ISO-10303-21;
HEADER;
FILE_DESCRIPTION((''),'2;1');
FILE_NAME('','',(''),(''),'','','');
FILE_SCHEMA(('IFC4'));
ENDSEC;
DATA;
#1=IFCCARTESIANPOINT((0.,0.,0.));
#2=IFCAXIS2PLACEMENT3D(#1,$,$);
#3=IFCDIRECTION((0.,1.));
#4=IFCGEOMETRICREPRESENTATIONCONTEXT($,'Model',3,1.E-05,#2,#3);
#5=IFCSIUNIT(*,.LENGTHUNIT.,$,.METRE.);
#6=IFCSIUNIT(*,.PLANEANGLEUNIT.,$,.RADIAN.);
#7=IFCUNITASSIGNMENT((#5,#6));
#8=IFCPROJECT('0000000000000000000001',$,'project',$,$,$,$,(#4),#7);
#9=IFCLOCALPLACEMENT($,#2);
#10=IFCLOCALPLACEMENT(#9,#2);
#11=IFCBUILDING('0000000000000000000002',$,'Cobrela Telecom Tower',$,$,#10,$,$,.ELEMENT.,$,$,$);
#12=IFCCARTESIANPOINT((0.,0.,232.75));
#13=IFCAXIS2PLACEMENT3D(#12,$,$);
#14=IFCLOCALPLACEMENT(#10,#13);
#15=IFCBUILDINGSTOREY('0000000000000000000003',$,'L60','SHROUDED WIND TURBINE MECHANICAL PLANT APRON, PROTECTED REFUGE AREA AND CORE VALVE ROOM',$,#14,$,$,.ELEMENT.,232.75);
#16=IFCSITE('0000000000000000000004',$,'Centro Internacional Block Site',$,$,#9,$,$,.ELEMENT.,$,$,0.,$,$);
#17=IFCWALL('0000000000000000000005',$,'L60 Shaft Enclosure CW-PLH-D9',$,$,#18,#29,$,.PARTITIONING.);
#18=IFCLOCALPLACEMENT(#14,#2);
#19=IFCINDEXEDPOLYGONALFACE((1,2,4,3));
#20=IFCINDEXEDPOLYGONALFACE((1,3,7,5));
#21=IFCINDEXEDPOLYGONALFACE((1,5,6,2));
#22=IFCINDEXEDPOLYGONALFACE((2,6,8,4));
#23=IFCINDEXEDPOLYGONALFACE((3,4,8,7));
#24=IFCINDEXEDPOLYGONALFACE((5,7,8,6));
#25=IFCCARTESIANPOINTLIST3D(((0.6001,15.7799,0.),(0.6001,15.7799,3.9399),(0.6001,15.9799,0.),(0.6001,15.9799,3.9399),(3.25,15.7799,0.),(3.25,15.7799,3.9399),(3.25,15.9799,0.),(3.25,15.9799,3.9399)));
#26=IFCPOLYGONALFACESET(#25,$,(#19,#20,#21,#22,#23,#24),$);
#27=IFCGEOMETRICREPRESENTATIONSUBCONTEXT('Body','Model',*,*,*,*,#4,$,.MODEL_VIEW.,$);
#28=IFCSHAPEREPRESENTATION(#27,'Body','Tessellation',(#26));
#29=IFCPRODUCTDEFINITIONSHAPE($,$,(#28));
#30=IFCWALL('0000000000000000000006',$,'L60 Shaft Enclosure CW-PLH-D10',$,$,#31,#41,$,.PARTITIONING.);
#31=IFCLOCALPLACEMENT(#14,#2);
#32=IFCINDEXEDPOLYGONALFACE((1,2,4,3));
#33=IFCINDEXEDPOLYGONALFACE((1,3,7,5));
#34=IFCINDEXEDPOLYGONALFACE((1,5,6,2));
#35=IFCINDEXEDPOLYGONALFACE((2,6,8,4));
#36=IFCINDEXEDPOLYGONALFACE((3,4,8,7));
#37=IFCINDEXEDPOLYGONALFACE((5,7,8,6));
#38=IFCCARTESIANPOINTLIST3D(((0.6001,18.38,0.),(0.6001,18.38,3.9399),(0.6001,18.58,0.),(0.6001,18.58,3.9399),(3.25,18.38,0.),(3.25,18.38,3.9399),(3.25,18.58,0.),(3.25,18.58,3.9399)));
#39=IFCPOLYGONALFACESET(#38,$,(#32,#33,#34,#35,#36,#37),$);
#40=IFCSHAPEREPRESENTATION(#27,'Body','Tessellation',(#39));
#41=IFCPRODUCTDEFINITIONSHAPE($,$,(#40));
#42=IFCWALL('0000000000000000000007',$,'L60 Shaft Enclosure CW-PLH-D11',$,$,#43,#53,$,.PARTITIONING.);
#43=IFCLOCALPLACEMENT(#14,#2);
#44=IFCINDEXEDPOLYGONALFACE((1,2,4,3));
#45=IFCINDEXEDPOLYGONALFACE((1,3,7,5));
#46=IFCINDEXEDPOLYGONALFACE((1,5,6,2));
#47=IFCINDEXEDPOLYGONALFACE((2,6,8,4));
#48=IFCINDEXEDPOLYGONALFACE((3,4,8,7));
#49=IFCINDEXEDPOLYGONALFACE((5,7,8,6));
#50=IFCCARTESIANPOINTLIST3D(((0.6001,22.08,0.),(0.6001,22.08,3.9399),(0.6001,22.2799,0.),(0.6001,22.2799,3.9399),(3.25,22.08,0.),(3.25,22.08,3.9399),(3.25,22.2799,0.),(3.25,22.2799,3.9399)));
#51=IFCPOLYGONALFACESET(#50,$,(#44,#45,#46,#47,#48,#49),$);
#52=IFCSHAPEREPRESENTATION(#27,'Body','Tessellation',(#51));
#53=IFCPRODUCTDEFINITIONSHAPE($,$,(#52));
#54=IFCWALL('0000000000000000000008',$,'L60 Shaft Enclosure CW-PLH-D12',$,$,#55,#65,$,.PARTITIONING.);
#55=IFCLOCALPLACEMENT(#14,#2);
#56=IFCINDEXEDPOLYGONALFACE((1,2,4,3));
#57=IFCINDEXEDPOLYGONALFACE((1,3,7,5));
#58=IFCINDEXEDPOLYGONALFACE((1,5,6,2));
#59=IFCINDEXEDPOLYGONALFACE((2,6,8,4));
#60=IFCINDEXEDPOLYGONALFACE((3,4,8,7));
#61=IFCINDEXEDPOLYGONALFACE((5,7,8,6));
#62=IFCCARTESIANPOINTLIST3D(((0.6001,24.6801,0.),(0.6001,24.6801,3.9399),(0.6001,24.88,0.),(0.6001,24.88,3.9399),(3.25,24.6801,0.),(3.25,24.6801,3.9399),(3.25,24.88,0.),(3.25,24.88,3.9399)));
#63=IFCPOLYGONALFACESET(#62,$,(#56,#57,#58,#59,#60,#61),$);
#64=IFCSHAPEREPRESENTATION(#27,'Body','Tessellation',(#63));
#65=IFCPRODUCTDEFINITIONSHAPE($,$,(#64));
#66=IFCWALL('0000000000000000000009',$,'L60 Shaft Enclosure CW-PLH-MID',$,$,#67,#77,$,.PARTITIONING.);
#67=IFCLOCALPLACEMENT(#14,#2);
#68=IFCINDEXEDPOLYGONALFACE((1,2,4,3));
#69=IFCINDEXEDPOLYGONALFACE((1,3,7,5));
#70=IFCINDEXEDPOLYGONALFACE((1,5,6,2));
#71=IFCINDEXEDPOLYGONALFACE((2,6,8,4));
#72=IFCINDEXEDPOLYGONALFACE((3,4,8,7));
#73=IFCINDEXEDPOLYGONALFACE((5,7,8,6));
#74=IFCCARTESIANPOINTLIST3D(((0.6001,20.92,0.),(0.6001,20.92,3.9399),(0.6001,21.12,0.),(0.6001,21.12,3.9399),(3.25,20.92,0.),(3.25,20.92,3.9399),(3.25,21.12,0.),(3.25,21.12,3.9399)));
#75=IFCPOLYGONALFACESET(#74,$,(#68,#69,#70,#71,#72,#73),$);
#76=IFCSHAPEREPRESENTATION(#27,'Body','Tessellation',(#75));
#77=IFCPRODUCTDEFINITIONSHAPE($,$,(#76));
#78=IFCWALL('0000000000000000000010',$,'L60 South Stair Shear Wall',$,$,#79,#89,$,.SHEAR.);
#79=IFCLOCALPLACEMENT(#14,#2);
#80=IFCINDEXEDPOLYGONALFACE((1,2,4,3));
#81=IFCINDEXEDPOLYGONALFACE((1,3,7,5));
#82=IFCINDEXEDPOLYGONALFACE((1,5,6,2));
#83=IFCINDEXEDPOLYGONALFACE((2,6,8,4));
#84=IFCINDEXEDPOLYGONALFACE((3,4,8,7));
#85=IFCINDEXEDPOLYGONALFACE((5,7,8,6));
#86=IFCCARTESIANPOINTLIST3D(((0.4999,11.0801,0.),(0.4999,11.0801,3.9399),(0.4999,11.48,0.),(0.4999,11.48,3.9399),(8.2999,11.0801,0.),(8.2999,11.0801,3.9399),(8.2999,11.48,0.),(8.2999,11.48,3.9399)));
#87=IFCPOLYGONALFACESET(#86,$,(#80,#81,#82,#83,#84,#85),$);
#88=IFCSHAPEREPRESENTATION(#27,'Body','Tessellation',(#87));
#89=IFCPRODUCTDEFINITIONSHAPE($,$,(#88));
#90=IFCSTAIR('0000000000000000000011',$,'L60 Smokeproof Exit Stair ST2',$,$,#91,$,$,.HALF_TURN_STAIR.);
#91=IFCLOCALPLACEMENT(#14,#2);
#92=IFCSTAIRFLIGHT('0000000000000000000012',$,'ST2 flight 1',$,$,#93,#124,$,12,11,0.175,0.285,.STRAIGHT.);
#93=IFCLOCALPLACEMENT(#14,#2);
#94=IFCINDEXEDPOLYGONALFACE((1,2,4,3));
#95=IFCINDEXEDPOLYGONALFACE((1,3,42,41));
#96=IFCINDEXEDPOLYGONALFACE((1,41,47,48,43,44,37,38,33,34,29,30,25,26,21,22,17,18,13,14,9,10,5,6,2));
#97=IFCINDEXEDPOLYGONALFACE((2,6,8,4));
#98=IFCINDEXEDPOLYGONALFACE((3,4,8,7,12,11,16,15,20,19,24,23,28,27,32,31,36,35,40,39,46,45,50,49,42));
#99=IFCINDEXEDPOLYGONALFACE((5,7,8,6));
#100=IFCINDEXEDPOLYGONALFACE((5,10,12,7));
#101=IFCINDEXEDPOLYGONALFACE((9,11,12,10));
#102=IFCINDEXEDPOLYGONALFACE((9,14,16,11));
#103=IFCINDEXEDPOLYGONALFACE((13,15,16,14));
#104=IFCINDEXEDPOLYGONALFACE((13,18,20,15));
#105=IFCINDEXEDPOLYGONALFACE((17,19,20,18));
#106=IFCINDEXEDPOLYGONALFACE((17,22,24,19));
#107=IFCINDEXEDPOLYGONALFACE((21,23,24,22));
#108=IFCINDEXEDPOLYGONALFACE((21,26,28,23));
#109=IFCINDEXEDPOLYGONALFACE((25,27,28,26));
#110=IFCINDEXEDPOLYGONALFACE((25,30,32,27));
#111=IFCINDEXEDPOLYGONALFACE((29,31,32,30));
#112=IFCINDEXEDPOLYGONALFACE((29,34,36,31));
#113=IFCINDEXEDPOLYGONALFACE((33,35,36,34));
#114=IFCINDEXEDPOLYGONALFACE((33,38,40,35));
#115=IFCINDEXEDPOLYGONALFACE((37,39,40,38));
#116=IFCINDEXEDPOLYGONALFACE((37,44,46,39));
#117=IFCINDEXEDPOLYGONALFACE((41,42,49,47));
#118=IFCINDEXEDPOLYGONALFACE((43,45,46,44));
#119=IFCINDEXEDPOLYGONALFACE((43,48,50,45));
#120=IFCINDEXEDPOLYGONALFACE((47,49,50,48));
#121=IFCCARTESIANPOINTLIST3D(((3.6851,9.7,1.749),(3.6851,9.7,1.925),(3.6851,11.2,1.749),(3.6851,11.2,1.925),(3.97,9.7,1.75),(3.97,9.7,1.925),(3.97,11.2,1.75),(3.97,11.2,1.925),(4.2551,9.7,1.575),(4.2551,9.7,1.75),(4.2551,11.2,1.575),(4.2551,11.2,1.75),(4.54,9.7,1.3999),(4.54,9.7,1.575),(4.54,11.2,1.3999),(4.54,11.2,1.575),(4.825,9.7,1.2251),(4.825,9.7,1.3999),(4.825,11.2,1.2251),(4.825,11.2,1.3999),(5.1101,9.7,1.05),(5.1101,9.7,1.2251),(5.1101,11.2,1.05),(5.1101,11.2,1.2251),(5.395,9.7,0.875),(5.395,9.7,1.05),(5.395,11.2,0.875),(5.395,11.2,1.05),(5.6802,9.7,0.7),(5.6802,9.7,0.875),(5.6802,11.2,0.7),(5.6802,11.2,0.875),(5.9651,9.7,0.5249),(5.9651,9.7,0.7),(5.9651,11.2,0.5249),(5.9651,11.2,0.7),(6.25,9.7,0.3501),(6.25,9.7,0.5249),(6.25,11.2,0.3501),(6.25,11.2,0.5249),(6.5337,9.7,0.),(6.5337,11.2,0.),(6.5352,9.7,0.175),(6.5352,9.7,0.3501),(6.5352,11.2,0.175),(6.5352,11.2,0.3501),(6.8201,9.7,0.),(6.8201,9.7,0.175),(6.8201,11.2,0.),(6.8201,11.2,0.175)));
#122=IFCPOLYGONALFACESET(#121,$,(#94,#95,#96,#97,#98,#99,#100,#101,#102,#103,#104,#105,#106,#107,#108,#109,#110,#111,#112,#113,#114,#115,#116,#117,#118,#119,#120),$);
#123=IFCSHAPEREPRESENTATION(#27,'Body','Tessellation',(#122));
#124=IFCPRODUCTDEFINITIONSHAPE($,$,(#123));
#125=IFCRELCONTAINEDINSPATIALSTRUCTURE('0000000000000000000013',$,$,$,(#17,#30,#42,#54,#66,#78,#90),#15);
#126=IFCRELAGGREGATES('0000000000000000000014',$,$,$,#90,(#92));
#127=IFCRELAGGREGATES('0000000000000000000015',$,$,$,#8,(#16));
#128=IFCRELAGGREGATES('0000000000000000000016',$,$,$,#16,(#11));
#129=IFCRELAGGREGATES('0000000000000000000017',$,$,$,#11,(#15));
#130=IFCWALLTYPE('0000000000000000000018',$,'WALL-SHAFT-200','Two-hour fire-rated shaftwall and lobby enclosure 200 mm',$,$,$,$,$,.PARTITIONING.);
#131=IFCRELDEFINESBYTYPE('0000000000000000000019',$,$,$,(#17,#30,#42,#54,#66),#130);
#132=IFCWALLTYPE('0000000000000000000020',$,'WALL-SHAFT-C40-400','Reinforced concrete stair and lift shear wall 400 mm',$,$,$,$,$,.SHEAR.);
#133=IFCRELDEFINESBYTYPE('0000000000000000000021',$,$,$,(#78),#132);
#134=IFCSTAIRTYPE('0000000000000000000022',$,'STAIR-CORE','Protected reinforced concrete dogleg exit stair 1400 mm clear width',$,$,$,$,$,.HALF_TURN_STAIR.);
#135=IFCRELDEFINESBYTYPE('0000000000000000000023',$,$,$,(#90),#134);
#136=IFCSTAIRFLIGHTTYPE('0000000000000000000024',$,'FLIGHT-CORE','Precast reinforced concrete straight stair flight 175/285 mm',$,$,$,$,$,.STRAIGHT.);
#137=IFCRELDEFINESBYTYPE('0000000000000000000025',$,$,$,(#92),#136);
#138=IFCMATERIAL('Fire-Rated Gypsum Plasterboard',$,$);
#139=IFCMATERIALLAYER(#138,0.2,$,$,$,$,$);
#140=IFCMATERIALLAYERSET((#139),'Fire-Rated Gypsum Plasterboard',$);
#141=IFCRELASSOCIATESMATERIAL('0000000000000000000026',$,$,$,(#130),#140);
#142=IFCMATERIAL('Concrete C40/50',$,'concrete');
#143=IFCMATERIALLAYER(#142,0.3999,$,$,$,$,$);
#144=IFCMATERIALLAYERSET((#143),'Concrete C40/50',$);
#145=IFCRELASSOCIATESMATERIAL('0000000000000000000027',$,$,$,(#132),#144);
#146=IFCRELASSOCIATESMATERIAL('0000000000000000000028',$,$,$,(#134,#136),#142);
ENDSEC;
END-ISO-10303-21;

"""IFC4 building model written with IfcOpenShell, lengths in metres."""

from ifc_helpers import new_model, si_unit, direction, frame, frame_2d, origin, place, context, subcontext, project, spatial, polyline, rectangle, outline, extrude, material, layer, layer_set, type_object, element, aggregate, save


model = new_model("IFC4")

# Units and contexts
model_context = context("Model", 3, precision=1e-05, world=origin(), true_north=direction((0.0, 1.0)))
body_context = subcontext(model_context, "Body", "Model", "MODEL_VIEW")
ifc_project = project(units=[si_unit("LENGTHUNIT", "METRE"), si_unit("PLANEANGLEUNIT", "RADIAN")], contexts=[model_context])

# Site, building, storey
site_placement = place(None, origin())
site = spatial("IfcSite", under=ifc_project, at=site_placement, Name="Centro Internacional Block Site", CompositionType="ELEMENT", RefElevation=0.0)
building_placement = place(site_placement, origin())
building = spatial("IfcBuilding", under=site, at=building_placement, Name="Cobrela Telecom Tower", CompositionType="ELEMENT")
storey_placement = place(building_placement, frame((0.0, 0.0, 232.75)))
storey = spatial("IfcBuildingStorey", under=building, at=storey_placement, Name="L60", Description="SHROUDED WIND TURBINE MECHANICAL PLANT APRON, PROTECTED REFUGE AREA AND CORE VALVE ROOM", CompositionType="ELEMENT", Elevation=232.75)

# Shared definitions
ifc_material_1 = material(Name="Fire-Rated Gypsum Plasterboard")

# Shared definitions
ifc_layer_1 = layer(ifc_material_1, 0.2)
ifc_layer_set_1 = layer_set([ifc_layer_1], Name="Fire-Rated Gypsum Plasterboard")
wall_type_1 = type_object("IfcWallType", Name="WALL-SHAFT-200", Description="Two-hour fire-rated shaftwall and lobby enclosure 200 mm", PredefinedType="PARTITIONING", material=ifc_layer_set_1)

# Walls
for number, where, z_axis, x_axis, name in (
    (1, (0.6001, 15.8799, 0.0), (0.0, 0.0, 1.0), (1.0, 0.0, 0.0), "L60 Shaft Enclosure CW-PLH-D9"),
    (2, (0.6001, 18.48, 0.0), (0.0, 0.0, 1.0), (1.0, 0.0, 0.0), "L60 Shaft Enclosure CW-PLH-D10"),
    (3, (0.6001, 22.1799, 0.0), (0.0, 0.0, 1.0), (1.0, 0.0, 0.0), "L60 Shaft Enclosure CW-PLH-D11"),
    (4, (0.6001, 24.78, 0.0), (0.0, 0.0, 1.0), (1.0, 0.0, 0.0), "L60 Shaft Enclosure CW-PLH-D12"),
    (5, (0.6001, 21.02, 0.0), (0.0, 0.0, 1.0), (1.0, 0.0, 0.0), "L60 Shaft Enclosure CW-PLH-MID"),
):
    element("IfcWall", number, at=place(storey_placement, frame(where, z_axis=z_axis, x_axis=x_axis)), inside=storey, type_object=wall_type_1, Name=name, PredefinedType="PARTITIONING", context=body_context, shape_type="SweptSolid", body=[
        extrude(rectangle(XDim=2.6499, YDim=0.2, at=frame_2d((1.325, 0.0))), origin(), (0.0, 0.0, 1.0), 3.9399),
    ])
ifc_material_2 = material(Name="Concrete C40/50", Category="concrete")
ifc_layer_2 = layer(ifc_material_2, 0.3999)
ifc_layer_set_2 = layer_set([ifc_layer_2], Name="Concrete C40/50")
wall_type_2 = type_object("IfcWallType", Name="WALL-SHAFT-C40-400", Description="Reinforced concrete stair and lift shear wall 400 mm", PredefinedType="SHEAR", material=ifc_layer_set_2)
wall_1_placement = place(storey_placement, frame((0.5, 11.28, 0.0), z_axis=(0.0, 0.0, 1.0), x_axis=(1.0, 0.0, 0.0)))
element("IfcWall", 6, at=wall_1_placement, inside=storey, type_object=wall_type_2, Name="L60 South Stair Shear Wall", PredefinedType="SHEAR", context=body_context, shape_type="SweptSolid", body=[
    extrude(rectangle(XDim=7.8, YDim=0.3999, at=frame_2d((3.8999, 0.0))), origin(), (0.0, 0.0, 1.0), 3.9399),
])

# Stair, stair flight
stair_type = type_object("IfcStairType", Name="STAIR-CORE", Description="Protected reinforced concrete dogleg exit stair 1400 mm clear width", PredefinedType="HALF_TURN_STAIR", material=ifc_material_2)
stair_placement = place(storey_placement, origin())
stair = element("IfcStair", 7, at=stair_placement, inside=storey, type_object=stair_type, Name="L60 Smokeproof Exit Stair ST2", PredefinedType="HALF_TURN_STAIR")
stair_flight_type = type_object("IfcStairFlightType", Name="FLIGHT-CORE", Description="Precast reinforced concrete straight stair flight 175/285 mm", PredefinedType="STRAIGHT", material=ifc_material_2)
stair_flight_placement = place(storey_placement, frame((6.8201, 10.45, 0.0), z_axis=(0.0, 0.0, 1.0), x_axis=(-1.0, 0.0, 0.0)))
stair_flight = element("IfcStairFlight", 8, at=stair_flight_placement, type_object=stair_flight_type, Name="ST2 flight 1", NumberOfRisers=12, NumberOfTreads=11, PredefinedType="STRAIGHT", RiserHeight=0.175, TreadLength=0.285, context=body_context, shape_type="SweptSolid", body=[
    extrude(outline(polyline([(0.0, 0.0), (0.0, 0.175), (0.2849, 0.175), (0.2849, 0.3501), (0.5701, 0.3501), (0.5701, 0.5249), (0.855, 0.5249), (0.855, 0.7), (1.1399, 0.7), (1.1399, 0.875), (1.425, 0.875), (1.425, 1.05), (1.71, 1.05), (1.71, 1.2251), (1.9951, 1.2251), (1.9951, 1.3999), (2.28, 1.3999), (2.28, 1.575), (2.5649, 1.575), (2.5649, 1.75), (2.8501, 1.75), (2.8501, 1.925), (3.135, 1.925), (3.135, 2.1001), (3.135, 1.749), (0.2864, 0.0), (0.0, 0.0)])), frame((0.0, 0.75, 0.0), z_axis=(0.0, -1.0, 0.0), x_axis=(1.0, 0.0, 0.0)), (0.0, 0.0, 1.0), 1.5),
])
aggregate(stair, [stair_flight])

save(model, "model.ifc")
